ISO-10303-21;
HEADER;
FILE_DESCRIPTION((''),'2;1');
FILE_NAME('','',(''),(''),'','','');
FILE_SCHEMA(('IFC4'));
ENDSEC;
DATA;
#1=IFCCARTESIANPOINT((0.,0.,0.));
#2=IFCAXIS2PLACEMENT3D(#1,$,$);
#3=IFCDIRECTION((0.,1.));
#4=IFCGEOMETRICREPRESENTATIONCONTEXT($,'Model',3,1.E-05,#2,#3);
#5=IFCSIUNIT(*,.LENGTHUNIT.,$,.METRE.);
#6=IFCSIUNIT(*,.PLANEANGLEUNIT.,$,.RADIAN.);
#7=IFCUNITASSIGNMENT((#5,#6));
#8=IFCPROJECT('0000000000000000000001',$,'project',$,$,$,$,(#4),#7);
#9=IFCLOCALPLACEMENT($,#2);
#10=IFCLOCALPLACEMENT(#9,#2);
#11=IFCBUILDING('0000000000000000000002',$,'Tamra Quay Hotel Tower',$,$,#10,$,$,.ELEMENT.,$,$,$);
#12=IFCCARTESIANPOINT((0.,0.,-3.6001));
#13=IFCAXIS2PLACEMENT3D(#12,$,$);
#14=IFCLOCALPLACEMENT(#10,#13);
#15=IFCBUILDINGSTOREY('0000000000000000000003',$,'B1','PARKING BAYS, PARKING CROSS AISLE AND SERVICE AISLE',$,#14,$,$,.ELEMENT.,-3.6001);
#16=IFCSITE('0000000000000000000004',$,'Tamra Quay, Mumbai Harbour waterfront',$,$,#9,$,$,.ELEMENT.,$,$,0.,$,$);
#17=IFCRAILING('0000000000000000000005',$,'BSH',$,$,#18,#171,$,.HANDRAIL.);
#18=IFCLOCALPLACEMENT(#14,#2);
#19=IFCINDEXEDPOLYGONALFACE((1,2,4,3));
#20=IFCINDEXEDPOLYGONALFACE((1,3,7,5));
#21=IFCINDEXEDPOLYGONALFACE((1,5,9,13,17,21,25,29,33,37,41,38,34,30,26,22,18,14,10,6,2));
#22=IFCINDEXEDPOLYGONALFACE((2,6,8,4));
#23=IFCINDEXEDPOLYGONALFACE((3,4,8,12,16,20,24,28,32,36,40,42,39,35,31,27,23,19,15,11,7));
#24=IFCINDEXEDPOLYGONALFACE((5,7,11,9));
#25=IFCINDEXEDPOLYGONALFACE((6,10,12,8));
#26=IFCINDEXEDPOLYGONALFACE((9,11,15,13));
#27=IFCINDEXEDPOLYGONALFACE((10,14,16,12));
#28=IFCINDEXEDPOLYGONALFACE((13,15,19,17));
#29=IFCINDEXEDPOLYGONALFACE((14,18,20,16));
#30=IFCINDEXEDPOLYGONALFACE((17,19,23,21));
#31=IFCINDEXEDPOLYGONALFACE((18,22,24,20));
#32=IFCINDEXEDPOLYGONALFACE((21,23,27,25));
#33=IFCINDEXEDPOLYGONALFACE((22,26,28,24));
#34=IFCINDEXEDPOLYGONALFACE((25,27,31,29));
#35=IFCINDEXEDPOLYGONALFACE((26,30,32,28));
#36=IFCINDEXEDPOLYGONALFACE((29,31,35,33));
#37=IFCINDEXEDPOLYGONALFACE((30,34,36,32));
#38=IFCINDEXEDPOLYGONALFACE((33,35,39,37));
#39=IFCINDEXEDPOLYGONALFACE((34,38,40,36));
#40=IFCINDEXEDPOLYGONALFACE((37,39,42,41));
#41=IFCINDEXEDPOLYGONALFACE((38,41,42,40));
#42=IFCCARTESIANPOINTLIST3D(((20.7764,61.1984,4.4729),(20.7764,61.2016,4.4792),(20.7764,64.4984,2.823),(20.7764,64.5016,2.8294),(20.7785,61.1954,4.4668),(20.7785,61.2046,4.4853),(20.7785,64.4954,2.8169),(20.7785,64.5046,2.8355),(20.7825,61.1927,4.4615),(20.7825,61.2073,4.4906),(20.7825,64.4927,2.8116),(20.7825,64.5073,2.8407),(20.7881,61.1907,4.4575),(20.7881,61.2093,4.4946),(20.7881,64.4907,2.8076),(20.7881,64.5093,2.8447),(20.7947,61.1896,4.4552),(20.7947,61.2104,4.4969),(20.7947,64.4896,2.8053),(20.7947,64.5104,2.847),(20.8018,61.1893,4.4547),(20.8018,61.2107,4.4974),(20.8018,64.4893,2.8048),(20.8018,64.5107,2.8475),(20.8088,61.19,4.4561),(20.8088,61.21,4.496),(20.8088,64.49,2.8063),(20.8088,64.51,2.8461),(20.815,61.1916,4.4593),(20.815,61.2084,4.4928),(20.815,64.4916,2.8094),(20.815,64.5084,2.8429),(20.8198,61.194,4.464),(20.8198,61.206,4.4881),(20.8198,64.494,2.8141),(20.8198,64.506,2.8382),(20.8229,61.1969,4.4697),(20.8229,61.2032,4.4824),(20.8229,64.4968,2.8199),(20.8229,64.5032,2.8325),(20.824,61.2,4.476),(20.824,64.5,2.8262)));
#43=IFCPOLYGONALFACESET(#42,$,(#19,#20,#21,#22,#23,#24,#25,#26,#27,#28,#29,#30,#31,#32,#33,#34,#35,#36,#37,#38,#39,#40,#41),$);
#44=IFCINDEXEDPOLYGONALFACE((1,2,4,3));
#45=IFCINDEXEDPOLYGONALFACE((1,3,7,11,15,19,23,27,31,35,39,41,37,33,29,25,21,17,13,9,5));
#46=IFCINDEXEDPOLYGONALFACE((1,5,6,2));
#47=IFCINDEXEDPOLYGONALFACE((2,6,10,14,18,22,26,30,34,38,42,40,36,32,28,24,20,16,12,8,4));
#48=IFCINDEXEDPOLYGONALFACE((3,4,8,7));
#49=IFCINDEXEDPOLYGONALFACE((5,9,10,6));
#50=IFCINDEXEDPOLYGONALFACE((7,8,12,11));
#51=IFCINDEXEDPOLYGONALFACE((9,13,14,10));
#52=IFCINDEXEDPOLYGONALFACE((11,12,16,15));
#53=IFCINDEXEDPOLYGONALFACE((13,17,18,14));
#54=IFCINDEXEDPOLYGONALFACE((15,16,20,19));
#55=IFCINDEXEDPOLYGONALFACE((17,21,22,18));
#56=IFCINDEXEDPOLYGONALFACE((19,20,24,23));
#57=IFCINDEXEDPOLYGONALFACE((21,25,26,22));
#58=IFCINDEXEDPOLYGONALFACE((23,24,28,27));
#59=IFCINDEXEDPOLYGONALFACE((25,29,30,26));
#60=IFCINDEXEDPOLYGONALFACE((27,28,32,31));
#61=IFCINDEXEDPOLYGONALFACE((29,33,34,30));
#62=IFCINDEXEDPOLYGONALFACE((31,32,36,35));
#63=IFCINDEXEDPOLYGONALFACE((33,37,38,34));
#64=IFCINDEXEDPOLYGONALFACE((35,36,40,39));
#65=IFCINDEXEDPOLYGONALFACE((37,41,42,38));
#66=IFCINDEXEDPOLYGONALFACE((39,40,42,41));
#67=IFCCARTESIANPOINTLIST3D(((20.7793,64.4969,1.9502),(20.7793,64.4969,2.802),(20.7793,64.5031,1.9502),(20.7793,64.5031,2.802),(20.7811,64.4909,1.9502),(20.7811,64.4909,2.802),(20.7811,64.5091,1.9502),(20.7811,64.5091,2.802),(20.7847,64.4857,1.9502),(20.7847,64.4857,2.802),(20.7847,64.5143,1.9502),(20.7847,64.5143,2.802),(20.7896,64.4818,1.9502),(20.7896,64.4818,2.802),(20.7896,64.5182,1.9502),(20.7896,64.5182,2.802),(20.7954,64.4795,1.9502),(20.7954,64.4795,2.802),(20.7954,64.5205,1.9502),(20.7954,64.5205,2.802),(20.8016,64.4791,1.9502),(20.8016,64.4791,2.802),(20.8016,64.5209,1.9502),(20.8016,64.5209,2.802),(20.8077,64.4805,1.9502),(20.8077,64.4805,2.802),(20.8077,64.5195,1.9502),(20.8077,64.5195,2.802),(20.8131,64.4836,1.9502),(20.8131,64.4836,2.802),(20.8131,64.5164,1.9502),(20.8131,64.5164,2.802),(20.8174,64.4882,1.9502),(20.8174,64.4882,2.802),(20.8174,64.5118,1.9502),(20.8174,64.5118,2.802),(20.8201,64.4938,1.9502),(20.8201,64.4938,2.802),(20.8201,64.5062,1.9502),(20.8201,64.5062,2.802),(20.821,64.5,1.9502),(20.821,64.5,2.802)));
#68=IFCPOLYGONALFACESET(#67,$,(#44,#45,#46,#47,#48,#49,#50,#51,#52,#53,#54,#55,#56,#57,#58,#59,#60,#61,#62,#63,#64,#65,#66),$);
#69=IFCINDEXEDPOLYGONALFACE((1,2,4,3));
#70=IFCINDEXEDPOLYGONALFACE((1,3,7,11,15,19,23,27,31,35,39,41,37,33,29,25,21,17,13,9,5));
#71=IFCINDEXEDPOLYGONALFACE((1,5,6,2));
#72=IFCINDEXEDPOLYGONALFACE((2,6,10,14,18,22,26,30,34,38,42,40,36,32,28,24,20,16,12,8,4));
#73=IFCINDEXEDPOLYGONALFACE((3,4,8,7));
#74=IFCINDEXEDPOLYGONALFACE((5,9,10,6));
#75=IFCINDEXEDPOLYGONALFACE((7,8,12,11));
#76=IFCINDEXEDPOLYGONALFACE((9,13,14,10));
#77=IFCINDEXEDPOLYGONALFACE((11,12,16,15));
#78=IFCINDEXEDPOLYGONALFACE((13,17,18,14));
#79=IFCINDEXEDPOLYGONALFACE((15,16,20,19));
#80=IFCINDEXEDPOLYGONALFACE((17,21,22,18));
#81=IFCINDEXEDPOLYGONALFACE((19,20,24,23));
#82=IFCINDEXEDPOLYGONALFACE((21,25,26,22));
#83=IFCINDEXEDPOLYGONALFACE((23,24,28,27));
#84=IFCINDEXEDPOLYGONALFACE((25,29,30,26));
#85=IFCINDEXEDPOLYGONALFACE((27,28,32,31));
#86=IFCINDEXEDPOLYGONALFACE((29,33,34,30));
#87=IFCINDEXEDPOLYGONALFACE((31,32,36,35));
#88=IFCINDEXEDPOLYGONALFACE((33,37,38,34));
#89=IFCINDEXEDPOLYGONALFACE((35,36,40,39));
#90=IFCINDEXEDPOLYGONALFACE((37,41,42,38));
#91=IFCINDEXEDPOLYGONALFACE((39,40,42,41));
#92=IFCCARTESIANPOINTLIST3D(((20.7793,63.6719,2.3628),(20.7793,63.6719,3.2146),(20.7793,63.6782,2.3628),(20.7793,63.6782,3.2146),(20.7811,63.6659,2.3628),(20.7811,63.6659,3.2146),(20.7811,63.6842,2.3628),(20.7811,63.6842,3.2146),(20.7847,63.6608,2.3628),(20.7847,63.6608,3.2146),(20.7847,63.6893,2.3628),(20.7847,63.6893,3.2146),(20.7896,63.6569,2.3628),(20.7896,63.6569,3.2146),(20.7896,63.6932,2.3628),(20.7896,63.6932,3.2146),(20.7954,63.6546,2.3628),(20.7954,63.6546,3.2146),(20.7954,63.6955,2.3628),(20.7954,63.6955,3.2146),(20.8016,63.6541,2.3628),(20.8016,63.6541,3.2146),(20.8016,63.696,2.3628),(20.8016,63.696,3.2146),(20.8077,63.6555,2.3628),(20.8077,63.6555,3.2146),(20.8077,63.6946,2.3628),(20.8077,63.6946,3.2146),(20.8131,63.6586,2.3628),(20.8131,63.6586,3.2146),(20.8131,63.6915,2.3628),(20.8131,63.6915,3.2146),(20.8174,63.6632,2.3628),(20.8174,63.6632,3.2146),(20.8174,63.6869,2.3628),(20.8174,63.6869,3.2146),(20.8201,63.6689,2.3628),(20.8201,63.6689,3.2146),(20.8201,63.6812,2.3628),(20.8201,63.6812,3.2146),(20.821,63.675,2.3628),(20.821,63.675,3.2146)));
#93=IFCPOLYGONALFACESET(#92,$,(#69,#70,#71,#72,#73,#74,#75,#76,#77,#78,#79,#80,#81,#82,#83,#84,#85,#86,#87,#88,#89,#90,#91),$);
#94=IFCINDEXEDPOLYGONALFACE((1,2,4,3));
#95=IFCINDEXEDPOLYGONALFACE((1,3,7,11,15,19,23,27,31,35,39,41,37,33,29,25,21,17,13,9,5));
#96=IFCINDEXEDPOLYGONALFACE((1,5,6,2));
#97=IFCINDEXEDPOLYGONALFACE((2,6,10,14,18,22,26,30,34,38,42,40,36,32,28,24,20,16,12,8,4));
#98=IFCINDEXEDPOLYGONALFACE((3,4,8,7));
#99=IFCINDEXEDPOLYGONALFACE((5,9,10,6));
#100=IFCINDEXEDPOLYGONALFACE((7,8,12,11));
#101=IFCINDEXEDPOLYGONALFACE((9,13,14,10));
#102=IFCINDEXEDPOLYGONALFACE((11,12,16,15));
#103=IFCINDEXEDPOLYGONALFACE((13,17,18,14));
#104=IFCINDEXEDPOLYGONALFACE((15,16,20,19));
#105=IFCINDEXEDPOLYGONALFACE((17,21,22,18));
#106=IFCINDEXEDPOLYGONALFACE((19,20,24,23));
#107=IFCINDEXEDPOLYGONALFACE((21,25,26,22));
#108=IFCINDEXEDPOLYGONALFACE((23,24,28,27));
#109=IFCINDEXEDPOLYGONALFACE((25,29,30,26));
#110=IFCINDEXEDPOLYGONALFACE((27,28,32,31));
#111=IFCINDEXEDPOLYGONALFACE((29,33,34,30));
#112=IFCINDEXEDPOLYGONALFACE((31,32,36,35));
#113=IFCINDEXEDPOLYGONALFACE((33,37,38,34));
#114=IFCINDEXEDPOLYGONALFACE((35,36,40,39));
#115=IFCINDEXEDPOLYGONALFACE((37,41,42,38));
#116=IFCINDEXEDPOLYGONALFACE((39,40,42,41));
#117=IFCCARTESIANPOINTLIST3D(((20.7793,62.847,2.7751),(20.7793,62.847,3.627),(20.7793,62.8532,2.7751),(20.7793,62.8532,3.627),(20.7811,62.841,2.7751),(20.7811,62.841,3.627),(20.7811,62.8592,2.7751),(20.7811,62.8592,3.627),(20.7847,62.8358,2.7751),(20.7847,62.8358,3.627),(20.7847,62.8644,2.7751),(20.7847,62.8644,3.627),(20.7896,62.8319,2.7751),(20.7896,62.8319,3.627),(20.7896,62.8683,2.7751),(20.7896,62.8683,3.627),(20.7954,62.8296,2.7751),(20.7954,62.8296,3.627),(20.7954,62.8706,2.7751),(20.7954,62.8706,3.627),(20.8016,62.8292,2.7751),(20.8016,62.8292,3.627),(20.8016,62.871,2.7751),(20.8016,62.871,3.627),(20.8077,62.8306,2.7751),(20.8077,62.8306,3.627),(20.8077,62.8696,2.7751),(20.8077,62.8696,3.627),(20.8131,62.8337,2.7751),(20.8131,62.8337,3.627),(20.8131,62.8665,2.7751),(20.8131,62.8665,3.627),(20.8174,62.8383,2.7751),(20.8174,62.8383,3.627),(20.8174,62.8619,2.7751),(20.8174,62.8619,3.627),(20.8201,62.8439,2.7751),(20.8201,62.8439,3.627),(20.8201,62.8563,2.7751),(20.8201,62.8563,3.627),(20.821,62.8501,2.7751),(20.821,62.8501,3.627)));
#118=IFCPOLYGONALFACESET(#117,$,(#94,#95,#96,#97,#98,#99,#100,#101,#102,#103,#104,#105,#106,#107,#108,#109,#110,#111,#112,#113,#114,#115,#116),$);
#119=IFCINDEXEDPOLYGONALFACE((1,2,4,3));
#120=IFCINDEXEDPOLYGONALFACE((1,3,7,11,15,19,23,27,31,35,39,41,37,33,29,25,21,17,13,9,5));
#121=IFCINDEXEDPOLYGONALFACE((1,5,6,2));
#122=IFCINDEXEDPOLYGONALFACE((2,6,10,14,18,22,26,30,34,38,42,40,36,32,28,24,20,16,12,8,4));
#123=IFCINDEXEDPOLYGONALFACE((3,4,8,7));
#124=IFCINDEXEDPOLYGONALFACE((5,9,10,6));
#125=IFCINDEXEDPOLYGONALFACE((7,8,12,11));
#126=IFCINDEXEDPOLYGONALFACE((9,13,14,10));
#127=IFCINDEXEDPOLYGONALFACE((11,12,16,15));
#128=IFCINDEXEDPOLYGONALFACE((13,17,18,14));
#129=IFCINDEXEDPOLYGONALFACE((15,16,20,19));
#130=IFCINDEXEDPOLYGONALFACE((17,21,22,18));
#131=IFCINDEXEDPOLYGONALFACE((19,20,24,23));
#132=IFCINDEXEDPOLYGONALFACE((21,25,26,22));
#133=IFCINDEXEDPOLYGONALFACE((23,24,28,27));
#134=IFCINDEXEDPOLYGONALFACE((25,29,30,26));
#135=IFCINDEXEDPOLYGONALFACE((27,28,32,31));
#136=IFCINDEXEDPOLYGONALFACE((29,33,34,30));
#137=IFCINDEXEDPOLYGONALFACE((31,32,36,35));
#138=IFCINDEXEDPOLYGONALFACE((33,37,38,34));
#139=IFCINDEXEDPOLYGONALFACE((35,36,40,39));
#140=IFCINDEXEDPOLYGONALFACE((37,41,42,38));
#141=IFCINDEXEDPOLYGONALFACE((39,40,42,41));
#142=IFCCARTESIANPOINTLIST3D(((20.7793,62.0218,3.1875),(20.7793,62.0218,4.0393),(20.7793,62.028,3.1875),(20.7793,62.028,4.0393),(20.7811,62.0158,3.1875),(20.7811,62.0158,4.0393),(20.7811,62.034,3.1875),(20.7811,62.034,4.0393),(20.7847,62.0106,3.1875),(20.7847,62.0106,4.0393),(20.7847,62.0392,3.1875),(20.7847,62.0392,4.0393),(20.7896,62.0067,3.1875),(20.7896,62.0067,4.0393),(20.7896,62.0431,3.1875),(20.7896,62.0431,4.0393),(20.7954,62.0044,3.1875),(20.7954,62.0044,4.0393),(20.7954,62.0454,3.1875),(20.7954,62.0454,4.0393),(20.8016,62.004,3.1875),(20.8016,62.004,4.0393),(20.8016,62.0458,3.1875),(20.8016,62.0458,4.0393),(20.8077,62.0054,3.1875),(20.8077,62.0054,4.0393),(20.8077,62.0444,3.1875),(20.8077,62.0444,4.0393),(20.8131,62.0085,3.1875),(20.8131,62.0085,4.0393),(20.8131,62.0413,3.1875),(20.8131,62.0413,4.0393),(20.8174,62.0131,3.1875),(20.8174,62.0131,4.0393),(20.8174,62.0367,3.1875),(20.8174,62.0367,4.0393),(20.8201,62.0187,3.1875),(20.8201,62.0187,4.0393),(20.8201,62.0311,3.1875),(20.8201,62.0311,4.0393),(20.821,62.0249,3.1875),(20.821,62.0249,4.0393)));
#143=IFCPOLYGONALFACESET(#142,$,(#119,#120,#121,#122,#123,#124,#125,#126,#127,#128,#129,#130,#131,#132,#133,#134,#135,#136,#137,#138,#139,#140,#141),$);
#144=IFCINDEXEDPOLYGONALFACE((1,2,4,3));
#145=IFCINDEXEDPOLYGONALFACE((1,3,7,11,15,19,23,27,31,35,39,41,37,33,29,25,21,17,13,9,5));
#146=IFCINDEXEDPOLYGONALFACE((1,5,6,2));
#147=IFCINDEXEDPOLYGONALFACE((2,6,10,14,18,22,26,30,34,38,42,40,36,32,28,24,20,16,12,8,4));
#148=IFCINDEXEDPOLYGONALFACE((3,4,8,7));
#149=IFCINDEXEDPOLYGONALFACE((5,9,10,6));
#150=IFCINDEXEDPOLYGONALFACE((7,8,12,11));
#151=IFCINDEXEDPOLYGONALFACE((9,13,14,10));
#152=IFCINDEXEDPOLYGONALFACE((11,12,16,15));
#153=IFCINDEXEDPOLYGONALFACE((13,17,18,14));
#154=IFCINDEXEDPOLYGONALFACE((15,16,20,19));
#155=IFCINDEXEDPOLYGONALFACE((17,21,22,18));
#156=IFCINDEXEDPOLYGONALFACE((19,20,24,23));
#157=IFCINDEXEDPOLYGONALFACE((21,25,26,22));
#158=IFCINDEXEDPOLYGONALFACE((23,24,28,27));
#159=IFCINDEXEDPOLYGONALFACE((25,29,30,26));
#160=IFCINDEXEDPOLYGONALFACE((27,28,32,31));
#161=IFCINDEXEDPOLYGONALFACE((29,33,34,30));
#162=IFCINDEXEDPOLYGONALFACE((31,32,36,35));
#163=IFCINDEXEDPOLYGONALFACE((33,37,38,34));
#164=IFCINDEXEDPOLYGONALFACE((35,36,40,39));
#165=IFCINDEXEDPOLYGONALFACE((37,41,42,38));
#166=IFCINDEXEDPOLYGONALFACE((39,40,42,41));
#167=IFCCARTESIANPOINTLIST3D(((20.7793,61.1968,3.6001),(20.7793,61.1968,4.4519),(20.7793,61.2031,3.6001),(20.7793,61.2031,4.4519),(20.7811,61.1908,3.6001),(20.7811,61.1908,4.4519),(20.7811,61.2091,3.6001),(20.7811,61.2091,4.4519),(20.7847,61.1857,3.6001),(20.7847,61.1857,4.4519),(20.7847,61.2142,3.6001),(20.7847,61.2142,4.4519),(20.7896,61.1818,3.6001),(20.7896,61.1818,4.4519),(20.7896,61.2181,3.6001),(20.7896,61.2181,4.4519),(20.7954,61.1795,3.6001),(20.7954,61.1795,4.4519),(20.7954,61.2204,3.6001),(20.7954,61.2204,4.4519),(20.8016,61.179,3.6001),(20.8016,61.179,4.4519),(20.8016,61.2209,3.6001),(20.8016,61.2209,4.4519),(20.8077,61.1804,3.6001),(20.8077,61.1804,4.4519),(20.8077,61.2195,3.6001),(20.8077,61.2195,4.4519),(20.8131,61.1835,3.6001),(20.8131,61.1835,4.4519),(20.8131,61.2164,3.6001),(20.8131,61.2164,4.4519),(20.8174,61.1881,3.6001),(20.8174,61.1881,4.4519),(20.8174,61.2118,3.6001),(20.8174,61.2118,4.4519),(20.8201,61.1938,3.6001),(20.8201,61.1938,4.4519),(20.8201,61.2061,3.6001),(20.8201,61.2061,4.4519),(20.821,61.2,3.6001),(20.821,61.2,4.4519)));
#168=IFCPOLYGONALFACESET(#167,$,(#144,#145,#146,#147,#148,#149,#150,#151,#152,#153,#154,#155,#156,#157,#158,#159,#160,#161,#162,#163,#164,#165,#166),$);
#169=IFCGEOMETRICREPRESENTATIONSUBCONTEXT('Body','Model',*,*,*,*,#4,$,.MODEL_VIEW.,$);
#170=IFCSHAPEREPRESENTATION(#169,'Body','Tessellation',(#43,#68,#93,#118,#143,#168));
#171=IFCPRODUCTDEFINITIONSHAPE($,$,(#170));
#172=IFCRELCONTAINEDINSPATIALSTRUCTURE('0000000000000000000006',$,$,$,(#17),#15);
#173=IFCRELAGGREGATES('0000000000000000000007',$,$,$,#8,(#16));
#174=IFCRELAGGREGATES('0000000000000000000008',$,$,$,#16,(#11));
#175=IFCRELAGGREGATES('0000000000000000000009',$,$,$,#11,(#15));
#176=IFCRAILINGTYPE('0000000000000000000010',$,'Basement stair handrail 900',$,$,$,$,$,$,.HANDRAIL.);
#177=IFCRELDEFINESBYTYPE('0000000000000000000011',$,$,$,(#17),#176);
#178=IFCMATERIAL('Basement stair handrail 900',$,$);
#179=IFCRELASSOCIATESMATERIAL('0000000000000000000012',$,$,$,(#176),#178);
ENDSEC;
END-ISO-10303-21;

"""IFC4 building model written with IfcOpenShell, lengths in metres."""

from ifc_helpers import new_model, si_unit, direction, frame, origin, origin_2d, place, context, subcontext, project, spatial, circle, extrude, material, type_object, element, save


model = new_model("IFC4")

# Units and contexts
model_context = context("Model", 3, precision=1e-05, world=origin(), true_north=direction((0.0, 1.0)))
body_context = subcontext(model_context, "Body", "Model", "MODEL_VIEW")
ifc_project = project(units=[si_unit("LENGTHUNIT", "METRE"), si_unit("PLANEANGLEUNIT", "RADIAN")], contexts=[model_context])

# Site, building, storey
site_placement = place(None, origin())
site = spatial("IfcSite", under=ifc_project, at=site_placement, Name="Tamra Quay, Mumbai Harbour waterfront", CompositionType="ELEMENT", RefElevation=0.0)
building_placement = place(site_placement, origin())
building = spatial("IfcBuilding", under=site, at=building_placement, Name="Tamra Quay Hotel Tower", CompositionType="ELEMENT")
storey_placement = place(building_placement, frame((0.0, 0.0, -3.6001)))
storey = spatial("IfcBuildingStorey", under=building, at=storey_placement, Name="B1", Description="PARKING BAYS, PARKING CROSS AISLE AND SERVICE AISLE", CompositionType="ELEMENT", Elevation=-3.6001)

# Railing
ifc_material_1 = material(Name="Basement stair handrail 900")
railing_type_1 = type_object("IfcRailingType", Name="Basement stair handrail 900", PredefinedType="HANDRAIL", material=ifc_material_1)
railing_1_placement = place(storey_placement, frame((20.8, 64.5, 1.9502)))
element("IfcRailing", 1, at=railing_1_placement, inside=storey, type_object=railing_type_1, Name="BSH", PredefinedType="HANDRAIL", context=body_context, shape_type="SweptSolid", body=[
    extrude(circle(Radius=0.0239, at=origin_2d()), frame((0.0, 0.0, 0.876), z_axis=(0.0, -0.89444, 0.447187), x_axis=(1.0, 0.0, 0.0)), (0.0, 0.0, 1.0), 3.6895),
    extrude(circle(Radius=0.021, at=origin_2d()), origin(), (0.0, 0.0, 1.0), 0.8518),
    extrude(circle(Radius=0.021, at=origin_2d()), frame((0.0, -0.825, 0.4126)), (0.0, 0.0, 1.0), 0.8518),
    extrude(circle(Radius=0.021, at=origin_2d()), frame((0.0, -1.6499, 0.825)), (0.0, 0.0, 1.0), 0.8518),
    extrude(circle(Radius=0.021, at=origin_2d()), frame((0.0, -2.4751, 1.2373)), (0.0, 0.0, 1.0), 0.8518),
    extrude(circle(Radius=0.021, at=origin_2d()), frame((0.0, -3.3, 1.6499)), (0.0, 0.0, 1.0), 0.8518),
])

save(model, "model.ifc")
